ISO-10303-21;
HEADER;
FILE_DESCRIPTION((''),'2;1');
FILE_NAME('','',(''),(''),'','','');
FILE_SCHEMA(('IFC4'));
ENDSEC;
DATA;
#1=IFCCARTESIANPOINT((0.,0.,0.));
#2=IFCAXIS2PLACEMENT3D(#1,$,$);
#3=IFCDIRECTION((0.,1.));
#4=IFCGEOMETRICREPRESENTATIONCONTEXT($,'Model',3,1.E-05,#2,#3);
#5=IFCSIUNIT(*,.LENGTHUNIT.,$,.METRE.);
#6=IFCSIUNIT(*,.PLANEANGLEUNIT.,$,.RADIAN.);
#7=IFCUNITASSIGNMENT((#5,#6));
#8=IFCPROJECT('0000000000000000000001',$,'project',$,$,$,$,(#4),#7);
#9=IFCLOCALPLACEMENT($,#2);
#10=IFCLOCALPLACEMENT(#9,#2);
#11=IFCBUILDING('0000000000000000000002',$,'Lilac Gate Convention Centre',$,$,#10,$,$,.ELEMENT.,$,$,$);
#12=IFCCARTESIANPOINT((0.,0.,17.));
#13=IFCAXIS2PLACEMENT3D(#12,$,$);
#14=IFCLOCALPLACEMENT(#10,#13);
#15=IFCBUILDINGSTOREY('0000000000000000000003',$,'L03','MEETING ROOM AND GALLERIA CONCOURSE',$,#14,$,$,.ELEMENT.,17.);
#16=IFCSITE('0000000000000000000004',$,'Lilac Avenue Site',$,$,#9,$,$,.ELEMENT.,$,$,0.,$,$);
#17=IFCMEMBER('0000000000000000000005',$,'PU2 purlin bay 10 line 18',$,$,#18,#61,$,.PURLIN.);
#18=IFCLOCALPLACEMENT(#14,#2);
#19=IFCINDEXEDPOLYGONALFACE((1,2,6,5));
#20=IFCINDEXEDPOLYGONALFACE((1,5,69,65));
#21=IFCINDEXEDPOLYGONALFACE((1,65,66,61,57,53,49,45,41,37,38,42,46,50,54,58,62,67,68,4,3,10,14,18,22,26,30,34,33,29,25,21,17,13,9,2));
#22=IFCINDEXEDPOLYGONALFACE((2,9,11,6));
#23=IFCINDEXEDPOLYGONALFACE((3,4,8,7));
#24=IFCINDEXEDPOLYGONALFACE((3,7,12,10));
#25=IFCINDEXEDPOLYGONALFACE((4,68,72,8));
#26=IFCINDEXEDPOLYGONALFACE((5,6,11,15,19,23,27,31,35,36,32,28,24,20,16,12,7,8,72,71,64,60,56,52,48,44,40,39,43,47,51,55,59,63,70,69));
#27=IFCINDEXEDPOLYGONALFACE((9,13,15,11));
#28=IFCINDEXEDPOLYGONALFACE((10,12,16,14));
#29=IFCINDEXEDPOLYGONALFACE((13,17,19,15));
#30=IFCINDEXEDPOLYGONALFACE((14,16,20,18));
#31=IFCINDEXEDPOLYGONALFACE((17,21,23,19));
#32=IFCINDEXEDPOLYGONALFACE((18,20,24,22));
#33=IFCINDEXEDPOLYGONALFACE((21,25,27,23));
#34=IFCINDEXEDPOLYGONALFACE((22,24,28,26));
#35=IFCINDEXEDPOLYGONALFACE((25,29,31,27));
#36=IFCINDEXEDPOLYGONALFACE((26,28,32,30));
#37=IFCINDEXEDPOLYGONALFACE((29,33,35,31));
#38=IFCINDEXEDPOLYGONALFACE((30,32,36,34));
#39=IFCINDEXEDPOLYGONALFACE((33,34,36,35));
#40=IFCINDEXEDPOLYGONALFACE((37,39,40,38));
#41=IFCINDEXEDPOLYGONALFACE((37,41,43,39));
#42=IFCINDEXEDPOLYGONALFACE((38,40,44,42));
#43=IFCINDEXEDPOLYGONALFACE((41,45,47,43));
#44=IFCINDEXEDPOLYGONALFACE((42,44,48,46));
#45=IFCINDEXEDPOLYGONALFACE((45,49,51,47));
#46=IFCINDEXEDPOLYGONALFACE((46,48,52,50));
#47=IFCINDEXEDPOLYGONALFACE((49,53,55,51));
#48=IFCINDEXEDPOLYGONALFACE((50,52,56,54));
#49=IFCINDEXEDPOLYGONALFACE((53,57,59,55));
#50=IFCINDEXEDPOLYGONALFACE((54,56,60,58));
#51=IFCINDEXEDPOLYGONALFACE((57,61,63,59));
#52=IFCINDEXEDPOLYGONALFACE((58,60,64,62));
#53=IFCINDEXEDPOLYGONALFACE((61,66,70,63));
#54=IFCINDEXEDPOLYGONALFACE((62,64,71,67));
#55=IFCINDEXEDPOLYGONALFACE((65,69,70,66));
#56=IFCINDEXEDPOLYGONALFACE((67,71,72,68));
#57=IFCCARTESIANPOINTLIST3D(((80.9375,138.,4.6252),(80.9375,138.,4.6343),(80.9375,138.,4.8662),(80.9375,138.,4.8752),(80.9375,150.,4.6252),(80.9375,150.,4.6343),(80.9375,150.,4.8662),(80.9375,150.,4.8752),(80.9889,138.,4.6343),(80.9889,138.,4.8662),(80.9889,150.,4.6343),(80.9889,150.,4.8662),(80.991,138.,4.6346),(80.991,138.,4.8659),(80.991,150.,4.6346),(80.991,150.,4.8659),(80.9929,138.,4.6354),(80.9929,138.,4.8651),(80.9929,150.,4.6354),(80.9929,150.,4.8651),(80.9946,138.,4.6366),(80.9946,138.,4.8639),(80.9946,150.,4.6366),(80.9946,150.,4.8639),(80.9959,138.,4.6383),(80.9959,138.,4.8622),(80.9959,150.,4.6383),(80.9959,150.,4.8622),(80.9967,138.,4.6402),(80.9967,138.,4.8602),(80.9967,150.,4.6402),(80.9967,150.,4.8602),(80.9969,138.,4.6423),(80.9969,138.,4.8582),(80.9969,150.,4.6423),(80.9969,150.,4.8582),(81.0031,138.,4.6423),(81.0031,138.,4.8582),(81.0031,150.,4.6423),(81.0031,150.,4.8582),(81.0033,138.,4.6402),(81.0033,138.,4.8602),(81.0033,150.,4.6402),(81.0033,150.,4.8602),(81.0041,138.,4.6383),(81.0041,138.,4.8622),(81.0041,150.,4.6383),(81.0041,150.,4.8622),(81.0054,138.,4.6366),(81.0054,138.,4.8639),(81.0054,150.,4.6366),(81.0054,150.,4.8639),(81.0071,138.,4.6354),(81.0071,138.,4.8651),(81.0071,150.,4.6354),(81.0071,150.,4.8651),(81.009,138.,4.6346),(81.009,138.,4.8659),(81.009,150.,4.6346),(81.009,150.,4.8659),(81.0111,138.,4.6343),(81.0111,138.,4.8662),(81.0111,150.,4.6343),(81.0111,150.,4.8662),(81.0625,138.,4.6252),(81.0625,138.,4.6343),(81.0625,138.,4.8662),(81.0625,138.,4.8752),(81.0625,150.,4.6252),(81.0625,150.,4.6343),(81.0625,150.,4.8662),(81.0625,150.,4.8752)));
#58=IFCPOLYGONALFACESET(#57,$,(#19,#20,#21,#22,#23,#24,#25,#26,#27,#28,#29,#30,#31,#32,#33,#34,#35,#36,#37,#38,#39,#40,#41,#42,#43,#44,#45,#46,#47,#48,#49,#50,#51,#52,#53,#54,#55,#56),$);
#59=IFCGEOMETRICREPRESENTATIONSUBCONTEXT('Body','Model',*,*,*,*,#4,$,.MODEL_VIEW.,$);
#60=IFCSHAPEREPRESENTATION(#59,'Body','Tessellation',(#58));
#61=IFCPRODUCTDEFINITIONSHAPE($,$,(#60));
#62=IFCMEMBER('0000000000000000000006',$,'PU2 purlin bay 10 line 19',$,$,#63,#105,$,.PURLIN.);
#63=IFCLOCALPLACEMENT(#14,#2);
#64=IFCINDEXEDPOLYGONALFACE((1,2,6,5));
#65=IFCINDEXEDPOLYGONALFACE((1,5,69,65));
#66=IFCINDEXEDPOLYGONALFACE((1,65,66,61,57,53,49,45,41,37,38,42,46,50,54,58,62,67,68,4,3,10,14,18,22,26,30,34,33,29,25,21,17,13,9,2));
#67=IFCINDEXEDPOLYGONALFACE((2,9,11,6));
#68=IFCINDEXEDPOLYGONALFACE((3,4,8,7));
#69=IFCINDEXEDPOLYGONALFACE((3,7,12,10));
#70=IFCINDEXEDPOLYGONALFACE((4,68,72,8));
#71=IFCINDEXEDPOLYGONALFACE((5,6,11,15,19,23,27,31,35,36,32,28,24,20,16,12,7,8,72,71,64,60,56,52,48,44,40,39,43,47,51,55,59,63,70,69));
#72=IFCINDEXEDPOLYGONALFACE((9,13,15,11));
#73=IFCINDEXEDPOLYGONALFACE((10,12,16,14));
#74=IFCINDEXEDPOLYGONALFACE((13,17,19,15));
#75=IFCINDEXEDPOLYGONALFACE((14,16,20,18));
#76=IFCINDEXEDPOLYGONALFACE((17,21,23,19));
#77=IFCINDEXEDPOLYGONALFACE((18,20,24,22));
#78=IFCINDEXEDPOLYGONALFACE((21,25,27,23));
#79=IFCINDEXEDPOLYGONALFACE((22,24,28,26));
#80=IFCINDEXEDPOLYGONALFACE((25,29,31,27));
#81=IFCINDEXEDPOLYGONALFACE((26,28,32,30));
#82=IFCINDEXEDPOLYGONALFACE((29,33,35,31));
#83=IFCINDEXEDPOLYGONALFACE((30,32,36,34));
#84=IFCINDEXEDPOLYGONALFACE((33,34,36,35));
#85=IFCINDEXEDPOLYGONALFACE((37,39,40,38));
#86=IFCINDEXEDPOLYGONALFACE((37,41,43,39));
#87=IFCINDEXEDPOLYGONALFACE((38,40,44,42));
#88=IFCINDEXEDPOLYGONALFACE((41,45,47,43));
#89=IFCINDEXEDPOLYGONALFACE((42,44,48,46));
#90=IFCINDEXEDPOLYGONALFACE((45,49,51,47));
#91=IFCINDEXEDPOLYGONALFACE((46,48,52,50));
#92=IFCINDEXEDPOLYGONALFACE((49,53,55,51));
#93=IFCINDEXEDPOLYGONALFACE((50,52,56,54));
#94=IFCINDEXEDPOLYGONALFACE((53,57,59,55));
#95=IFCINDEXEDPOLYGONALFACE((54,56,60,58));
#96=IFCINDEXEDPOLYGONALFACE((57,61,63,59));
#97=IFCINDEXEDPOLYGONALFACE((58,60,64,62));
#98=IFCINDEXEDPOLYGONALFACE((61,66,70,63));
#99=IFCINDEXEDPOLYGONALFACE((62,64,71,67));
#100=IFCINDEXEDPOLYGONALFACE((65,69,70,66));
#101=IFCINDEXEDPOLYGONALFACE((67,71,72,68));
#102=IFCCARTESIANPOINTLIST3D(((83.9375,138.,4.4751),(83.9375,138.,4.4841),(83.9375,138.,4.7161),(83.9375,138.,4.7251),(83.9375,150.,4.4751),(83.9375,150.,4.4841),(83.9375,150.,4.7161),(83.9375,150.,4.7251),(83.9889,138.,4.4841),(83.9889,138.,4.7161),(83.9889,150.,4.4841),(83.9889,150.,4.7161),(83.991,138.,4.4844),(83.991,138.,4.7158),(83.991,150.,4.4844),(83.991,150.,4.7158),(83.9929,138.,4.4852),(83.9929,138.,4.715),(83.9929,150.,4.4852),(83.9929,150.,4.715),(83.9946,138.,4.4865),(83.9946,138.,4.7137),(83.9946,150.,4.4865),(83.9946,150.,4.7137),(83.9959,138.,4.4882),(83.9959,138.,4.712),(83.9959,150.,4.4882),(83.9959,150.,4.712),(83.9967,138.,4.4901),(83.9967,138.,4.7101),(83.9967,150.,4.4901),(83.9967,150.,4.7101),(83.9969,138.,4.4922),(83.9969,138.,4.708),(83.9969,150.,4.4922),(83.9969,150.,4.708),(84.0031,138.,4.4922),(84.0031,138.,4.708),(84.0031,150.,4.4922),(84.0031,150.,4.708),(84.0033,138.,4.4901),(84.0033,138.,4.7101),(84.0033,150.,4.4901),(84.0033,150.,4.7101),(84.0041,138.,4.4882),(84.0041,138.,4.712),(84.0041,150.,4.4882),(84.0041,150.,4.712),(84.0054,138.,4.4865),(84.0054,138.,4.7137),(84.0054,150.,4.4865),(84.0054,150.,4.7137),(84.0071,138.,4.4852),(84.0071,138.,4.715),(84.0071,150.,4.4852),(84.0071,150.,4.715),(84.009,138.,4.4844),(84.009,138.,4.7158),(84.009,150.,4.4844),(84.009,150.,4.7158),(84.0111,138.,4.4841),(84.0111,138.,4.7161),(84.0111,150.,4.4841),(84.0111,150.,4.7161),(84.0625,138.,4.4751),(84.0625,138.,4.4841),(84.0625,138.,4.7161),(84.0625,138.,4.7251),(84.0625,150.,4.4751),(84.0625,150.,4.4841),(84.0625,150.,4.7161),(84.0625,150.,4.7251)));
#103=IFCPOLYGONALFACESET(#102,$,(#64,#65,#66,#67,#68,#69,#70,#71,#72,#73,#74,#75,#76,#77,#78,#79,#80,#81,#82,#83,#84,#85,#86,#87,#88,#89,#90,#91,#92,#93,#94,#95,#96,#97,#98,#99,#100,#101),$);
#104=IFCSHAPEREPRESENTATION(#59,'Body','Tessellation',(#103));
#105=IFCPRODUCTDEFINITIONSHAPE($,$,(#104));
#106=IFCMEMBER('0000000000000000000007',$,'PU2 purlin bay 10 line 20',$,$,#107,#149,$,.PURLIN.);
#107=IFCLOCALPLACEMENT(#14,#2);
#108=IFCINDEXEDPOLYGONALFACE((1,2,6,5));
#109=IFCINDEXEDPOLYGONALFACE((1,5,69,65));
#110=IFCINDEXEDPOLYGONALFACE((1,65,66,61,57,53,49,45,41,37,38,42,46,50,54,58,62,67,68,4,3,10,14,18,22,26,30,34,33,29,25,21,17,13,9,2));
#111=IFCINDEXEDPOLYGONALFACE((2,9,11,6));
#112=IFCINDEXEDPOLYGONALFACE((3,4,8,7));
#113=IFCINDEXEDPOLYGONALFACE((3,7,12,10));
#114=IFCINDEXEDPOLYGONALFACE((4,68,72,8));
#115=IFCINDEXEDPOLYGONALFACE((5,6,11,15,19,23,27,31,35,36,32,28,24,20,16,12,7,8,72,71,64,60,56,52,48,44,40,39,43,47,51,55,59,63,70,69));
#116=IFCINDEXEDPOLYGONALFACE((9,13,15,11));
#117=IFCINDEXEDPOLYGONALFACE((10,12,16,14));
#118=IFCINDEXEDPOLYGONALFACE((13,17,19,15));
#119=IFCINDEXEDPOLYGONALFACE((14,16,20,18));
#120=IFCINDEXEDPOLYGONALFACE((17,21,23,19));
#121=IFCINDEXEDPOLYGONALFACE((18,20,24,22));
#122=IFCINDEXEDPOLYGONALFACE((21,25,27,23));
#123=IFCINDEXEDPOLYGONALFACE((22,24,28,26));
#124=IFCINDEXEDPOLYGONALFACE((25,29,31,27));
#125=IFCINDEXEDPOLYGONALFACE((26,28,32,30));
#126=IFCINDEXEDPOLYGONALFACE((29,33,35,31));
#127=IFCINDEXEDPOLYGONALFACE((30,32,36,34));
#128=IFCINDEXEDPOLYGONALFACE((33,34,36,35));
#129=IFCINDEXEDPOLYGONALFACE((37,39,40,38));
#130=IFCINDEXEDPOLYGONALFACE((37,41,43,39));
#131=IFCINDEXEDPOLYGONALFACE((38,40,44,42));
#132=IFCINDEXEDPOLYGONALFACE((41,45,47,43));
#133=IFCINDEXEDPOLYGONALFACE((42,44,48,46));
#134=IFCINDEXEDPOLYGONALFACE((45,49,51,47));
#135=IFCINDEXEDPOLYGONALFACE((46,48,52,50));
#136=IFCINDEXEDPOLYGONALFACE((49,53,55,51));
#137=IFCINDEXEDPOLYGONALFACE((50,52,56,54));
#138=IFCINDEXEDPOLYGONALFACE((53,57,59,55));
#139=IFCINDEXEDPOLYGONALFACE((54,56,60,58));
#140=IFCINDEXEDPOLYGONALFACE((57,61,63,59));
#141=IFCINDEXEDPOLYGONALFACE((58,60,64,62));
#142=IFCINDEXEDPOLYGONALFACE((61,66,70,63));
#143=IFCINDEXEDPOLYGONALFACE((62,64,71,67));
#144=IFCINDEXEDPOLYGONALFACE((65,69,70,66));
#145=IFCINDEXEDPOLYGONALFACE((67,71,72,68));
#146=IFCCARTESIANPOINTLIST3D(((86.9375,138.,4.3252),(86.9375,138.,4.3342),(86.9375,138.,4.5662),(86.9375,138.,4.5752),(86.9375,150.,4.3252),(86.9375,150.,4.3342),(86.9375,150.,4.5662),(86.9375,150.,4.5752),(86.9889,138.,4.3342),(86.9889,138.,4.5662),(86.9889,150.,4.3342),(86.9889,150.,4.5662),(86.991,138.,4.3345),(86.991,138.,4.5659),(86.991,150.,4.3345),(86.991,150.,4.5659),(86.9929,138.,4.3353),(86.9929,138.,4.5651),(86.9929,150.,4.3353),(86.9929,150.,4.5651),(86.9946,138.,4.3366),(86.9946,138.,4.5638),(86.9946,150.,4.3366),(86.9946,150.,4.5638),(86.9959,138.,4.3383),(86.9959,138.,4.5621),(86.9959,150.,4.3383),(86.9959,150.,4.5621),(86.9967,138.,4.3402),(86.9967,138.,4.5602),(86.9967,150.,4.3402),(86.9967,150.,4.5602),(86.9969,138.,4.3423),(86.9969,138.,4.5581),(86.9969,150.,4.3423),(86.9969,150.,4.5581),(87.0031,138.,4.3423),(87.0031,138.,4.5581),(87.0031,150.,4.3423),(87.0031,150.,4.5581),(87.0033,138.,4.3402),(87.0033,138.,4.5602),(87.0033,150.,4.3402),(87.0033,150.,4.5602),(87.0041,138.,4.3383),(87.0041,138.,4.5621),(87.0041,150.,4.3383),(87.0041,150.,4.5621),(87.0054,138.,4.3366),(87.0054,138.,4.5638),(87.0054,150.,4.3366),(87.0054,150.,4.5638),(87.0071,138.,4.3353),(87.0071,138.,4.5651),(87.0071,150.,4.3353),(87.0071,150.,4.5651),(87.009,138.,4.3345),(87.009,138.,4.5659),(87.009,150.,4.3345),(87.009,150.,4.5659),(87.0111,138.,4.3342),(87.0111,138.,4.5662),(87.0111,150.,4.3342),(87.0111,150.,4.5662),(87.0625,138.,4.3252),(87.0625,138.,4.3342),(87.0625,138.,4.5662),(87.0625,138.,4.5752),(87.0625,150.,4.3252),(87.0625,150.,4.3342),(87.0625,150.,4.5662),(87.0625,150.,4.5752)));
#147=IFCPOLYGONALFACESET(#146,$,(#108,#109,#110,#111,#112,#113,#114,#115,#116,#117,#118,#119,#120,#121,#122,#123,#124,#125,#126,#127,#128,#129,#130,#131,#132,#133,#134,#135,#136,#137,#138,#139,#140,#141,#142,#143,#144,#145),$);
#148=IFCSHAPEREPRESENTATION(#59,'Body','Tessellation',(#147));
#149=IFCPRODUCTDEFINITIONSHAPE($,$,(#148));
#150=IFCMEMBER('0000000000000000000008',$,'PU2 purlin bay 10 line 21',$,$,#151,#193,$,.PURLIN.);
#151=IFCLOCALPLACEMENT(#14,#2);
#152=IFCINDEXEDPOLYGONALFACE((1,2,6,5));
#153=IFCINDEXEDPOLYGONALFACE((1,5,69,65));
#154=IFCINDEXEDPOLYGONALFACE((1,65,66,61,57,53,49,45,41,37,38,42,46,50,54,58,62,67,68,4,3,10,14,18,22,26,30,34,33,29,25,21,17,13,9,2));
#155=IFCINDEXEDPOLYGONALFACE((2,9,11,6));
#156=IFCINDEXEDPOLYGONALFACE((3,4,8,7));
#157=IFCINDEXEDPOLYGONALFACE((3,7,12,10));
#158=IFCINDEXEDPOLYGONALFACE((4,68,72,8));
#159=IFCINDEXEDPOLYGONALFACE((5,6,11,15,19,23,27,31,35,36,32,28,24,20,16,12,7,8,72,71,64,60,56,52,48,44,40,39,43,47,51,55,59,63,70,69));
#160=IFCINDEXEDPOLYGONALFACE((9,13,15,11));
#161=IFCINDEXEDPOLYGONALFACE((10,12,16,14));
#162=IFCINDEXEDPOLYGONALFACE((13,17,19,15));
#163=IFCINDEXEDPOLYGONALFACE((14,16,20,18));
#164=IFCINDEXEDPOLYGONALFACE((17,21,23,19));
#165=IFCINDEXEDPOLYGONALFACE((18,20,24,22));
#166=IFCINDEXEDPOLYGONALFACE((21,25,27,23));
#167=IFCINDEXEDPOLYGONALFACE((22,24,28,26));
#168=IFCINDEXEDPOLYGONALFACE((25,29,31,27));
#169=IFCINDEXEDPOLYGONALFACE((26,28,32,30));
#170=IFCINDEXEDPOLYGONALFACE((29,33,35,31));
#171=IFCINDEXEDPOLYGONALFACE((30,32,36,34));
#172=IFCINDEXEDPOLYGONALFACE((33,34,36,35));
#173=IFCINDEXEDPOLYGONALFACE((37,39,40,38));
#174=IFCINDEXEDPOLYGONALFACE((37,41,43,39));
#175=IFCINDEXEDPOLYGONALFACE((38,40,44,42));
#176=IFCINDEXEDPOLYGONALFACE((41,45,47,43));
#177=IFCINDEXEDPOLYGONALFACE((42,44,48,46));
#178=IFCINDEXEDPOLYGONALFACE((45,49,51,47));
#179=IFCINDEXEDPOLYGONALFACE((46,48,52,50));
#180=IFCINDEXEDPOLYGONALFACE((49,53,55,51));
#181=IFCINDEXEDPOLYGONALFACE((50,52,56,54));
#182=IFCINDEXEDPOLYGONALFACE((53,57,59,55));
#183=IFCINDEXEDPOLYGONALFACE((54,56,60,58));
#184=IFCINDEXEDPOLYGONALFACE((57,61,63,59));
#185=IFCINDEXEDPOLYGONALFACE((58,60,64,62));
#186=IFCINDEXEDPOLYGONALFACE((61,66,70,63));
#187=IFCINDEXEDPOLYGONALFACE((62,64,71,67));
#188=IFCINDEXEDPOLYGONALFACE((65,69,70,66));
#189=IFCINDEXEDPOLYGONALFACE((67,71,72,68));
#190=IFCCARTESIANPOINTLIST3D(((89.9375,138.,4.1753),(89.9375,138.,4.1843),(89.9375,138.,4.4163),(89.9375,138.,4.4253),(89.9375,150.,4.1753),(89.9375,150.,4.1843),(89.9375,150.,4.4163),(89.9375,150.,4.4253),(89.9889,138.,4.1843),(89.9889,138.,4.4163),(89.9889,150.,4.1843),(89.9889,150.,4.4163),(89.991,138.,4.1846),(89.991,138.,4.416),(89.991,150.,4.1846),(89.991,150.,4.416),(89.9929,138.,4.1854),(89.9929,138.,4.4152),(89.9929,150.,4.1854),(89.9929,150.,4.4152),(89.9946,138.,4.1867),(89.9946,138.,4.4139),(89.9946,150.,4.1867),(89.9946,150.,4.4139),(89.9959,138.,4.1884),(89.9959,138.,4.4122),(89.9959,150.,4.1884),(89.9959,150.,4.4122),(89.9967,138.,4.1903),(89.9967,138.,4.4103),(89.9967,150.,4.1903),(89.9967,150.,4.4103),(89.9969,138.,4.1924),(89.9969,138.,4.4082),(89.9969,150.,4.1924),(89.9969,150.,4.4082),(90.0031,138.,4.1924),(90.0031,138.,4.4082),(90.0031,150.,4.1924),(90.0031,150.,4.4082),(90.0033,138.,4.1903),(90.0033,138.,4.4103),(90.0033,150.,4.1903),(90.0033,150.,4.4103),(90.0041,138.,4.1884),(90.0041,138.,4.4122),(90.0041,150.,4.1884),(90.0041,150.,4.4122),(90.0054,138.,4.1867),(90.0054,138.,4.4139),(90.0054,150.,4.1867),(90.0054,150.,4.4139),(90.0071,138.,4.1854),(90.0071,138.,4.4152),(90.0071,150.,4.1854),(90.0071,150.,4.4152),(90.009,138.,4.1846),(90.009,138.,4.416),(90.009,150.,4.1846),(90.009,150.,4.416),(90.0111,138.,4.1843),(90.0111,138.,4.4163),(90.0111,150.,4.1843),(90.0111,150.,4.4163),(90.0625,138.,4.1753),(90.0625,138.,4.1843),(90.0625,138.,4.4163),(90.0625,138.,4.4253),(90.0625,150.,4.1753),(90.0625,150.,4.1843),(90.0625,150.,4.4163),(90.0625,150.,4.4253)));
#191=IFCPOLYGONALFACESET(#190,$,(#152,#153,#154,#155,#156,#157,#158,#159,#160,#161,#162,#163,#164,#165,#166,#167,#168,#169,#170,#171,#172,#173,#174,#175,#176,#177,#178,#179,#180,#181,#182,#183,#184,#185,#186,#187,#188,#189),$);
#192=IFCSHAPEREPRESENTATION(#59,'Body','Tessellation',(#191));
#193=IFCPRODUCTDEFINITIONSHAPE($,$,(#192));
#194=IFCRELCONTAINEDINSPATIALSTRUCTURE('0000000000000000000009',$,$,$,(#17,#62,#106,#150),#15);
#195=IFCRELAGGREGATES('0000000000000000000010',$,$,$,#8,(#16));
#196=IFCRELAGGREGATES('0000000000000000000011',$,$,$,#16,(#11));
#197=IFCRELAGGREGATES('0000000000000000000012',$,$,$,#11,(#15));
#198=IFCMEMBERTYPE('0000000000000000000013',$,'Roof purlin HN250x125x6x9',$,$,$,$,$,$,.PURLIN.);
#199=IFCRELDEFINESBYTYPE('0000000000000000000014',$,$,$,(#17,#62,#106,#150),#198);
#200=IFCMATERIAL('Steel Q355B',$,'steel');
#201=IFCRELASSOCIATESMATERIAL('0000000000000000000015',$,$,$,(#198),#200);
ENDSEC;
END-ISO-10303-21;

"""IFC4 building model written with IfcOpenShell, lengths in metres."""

from ifc_helpers import new_model, si_unit, direction, frame, origin, origin_2d, place, context, subcontext, project, spatial, i_section, extrude, material, material_profile, profile_set, type_object, element, save


model = new_model("IFC4")

# Units and contexts
model_context = context("Model", 3, precision=1e-05, world=origin(), true_north=direction((0.0, 1.0)))
body_context = subcontext(model_context, "Body", "Model", "MODEL_VIEW")
ifc_project = project(units=[si_unit("LENGTHUNIT", "METRE"), si_unit("PLANEANGLEUNIT", "RADIAN")], contexts=[model_context])

# Site, building, storey
site_placement = place(None, origin())
site = spatial("IfcSite", under=ifc_project, at=site_placement, Name="Lilac Avenue Site", CompositionType="ELEMENT", RefElevation=0.0)
building_placement = place(site_placement, origin())
building = spatial("IfcBuilding", under=site, at=building_placement, Name="Lilac Gate Convention Centre", CompositionType="ELEMENT")
storey_placement = place(building_placement, frame((0.0, 0.0, 17.0)))
storey = spatial("IfcBuildingStorey", under=building, at=storey_placement, Name="L03", Description="MEETING ROOM AND GALLERIA CONCOURSE", CompositionType="ELEMENT", Elevation=17.0)

# Members
ifc_material = material(Name="Steel Q355B", Category="steel")
ifc_material_profile_1 = material_profile(ifc_material, i_section(OverallWidth=0.125, OverallDepth=0.25, WebThickness=0.0061, FlangeThickness=0.009, FilletRadius=0.0081, at=origin_2d()), Name="HN250x125x6x9")
ifc_profile_set_1 = profile_set([ifc_material_profile_1], Name="Steel Q355B")
member_type_1 = type_object("IfcMemberType", Name="Roof purlin HN250x125x6x9", PredefinedType="PURLIN", material=ifc_profile_set_1)
for number, where, z_axis, x_axis, name in (
    (1, (81.0, 138.0, 4.7502), (0.0, 1.0, 0.0), (-1.0, 0.0, 0.0), "PU2 purlin bay 10 line 18"),
    (2, (84.0, 138.0, 4.6001), (0.0, 1.0, 0.0), (-1.0, 0.0, 0.0), "PU2 purlin bay 10 line 19"),
    (3, (87.0, 138.0, 4.4502), (0.0, 1.0, 0.0), (-1.0, 0.0, 0.0), "PU2 purlin bay 10 line 20"),
    (4, (90.0, 138.0, 4.3003), (0.0, 1.0, 0.0), (-1.0, 0.0, 0.0), "PU2 purlin bay 10 line 21"),
):
    element("IfcMember", number, at=place(storey_placement, frame(where, z_axis=z_axis, x_axis=x_axis)), inside=storey, type_object=member_type_1, Name=name, PredefinedType="PURLIN", context=body_context, shape_type="SweptSolid", body=[
        extrude(i_section(OverallWidth=0.125, OverallDepth=0.25, WebThickness=0.0061, FlangeThickness=0.009, FilletRadius=0.0081, at=origin_2d()), origin(), (0.0, 0.0, 1.0), 12.0),
    ])

save(model, "model.ifc")
